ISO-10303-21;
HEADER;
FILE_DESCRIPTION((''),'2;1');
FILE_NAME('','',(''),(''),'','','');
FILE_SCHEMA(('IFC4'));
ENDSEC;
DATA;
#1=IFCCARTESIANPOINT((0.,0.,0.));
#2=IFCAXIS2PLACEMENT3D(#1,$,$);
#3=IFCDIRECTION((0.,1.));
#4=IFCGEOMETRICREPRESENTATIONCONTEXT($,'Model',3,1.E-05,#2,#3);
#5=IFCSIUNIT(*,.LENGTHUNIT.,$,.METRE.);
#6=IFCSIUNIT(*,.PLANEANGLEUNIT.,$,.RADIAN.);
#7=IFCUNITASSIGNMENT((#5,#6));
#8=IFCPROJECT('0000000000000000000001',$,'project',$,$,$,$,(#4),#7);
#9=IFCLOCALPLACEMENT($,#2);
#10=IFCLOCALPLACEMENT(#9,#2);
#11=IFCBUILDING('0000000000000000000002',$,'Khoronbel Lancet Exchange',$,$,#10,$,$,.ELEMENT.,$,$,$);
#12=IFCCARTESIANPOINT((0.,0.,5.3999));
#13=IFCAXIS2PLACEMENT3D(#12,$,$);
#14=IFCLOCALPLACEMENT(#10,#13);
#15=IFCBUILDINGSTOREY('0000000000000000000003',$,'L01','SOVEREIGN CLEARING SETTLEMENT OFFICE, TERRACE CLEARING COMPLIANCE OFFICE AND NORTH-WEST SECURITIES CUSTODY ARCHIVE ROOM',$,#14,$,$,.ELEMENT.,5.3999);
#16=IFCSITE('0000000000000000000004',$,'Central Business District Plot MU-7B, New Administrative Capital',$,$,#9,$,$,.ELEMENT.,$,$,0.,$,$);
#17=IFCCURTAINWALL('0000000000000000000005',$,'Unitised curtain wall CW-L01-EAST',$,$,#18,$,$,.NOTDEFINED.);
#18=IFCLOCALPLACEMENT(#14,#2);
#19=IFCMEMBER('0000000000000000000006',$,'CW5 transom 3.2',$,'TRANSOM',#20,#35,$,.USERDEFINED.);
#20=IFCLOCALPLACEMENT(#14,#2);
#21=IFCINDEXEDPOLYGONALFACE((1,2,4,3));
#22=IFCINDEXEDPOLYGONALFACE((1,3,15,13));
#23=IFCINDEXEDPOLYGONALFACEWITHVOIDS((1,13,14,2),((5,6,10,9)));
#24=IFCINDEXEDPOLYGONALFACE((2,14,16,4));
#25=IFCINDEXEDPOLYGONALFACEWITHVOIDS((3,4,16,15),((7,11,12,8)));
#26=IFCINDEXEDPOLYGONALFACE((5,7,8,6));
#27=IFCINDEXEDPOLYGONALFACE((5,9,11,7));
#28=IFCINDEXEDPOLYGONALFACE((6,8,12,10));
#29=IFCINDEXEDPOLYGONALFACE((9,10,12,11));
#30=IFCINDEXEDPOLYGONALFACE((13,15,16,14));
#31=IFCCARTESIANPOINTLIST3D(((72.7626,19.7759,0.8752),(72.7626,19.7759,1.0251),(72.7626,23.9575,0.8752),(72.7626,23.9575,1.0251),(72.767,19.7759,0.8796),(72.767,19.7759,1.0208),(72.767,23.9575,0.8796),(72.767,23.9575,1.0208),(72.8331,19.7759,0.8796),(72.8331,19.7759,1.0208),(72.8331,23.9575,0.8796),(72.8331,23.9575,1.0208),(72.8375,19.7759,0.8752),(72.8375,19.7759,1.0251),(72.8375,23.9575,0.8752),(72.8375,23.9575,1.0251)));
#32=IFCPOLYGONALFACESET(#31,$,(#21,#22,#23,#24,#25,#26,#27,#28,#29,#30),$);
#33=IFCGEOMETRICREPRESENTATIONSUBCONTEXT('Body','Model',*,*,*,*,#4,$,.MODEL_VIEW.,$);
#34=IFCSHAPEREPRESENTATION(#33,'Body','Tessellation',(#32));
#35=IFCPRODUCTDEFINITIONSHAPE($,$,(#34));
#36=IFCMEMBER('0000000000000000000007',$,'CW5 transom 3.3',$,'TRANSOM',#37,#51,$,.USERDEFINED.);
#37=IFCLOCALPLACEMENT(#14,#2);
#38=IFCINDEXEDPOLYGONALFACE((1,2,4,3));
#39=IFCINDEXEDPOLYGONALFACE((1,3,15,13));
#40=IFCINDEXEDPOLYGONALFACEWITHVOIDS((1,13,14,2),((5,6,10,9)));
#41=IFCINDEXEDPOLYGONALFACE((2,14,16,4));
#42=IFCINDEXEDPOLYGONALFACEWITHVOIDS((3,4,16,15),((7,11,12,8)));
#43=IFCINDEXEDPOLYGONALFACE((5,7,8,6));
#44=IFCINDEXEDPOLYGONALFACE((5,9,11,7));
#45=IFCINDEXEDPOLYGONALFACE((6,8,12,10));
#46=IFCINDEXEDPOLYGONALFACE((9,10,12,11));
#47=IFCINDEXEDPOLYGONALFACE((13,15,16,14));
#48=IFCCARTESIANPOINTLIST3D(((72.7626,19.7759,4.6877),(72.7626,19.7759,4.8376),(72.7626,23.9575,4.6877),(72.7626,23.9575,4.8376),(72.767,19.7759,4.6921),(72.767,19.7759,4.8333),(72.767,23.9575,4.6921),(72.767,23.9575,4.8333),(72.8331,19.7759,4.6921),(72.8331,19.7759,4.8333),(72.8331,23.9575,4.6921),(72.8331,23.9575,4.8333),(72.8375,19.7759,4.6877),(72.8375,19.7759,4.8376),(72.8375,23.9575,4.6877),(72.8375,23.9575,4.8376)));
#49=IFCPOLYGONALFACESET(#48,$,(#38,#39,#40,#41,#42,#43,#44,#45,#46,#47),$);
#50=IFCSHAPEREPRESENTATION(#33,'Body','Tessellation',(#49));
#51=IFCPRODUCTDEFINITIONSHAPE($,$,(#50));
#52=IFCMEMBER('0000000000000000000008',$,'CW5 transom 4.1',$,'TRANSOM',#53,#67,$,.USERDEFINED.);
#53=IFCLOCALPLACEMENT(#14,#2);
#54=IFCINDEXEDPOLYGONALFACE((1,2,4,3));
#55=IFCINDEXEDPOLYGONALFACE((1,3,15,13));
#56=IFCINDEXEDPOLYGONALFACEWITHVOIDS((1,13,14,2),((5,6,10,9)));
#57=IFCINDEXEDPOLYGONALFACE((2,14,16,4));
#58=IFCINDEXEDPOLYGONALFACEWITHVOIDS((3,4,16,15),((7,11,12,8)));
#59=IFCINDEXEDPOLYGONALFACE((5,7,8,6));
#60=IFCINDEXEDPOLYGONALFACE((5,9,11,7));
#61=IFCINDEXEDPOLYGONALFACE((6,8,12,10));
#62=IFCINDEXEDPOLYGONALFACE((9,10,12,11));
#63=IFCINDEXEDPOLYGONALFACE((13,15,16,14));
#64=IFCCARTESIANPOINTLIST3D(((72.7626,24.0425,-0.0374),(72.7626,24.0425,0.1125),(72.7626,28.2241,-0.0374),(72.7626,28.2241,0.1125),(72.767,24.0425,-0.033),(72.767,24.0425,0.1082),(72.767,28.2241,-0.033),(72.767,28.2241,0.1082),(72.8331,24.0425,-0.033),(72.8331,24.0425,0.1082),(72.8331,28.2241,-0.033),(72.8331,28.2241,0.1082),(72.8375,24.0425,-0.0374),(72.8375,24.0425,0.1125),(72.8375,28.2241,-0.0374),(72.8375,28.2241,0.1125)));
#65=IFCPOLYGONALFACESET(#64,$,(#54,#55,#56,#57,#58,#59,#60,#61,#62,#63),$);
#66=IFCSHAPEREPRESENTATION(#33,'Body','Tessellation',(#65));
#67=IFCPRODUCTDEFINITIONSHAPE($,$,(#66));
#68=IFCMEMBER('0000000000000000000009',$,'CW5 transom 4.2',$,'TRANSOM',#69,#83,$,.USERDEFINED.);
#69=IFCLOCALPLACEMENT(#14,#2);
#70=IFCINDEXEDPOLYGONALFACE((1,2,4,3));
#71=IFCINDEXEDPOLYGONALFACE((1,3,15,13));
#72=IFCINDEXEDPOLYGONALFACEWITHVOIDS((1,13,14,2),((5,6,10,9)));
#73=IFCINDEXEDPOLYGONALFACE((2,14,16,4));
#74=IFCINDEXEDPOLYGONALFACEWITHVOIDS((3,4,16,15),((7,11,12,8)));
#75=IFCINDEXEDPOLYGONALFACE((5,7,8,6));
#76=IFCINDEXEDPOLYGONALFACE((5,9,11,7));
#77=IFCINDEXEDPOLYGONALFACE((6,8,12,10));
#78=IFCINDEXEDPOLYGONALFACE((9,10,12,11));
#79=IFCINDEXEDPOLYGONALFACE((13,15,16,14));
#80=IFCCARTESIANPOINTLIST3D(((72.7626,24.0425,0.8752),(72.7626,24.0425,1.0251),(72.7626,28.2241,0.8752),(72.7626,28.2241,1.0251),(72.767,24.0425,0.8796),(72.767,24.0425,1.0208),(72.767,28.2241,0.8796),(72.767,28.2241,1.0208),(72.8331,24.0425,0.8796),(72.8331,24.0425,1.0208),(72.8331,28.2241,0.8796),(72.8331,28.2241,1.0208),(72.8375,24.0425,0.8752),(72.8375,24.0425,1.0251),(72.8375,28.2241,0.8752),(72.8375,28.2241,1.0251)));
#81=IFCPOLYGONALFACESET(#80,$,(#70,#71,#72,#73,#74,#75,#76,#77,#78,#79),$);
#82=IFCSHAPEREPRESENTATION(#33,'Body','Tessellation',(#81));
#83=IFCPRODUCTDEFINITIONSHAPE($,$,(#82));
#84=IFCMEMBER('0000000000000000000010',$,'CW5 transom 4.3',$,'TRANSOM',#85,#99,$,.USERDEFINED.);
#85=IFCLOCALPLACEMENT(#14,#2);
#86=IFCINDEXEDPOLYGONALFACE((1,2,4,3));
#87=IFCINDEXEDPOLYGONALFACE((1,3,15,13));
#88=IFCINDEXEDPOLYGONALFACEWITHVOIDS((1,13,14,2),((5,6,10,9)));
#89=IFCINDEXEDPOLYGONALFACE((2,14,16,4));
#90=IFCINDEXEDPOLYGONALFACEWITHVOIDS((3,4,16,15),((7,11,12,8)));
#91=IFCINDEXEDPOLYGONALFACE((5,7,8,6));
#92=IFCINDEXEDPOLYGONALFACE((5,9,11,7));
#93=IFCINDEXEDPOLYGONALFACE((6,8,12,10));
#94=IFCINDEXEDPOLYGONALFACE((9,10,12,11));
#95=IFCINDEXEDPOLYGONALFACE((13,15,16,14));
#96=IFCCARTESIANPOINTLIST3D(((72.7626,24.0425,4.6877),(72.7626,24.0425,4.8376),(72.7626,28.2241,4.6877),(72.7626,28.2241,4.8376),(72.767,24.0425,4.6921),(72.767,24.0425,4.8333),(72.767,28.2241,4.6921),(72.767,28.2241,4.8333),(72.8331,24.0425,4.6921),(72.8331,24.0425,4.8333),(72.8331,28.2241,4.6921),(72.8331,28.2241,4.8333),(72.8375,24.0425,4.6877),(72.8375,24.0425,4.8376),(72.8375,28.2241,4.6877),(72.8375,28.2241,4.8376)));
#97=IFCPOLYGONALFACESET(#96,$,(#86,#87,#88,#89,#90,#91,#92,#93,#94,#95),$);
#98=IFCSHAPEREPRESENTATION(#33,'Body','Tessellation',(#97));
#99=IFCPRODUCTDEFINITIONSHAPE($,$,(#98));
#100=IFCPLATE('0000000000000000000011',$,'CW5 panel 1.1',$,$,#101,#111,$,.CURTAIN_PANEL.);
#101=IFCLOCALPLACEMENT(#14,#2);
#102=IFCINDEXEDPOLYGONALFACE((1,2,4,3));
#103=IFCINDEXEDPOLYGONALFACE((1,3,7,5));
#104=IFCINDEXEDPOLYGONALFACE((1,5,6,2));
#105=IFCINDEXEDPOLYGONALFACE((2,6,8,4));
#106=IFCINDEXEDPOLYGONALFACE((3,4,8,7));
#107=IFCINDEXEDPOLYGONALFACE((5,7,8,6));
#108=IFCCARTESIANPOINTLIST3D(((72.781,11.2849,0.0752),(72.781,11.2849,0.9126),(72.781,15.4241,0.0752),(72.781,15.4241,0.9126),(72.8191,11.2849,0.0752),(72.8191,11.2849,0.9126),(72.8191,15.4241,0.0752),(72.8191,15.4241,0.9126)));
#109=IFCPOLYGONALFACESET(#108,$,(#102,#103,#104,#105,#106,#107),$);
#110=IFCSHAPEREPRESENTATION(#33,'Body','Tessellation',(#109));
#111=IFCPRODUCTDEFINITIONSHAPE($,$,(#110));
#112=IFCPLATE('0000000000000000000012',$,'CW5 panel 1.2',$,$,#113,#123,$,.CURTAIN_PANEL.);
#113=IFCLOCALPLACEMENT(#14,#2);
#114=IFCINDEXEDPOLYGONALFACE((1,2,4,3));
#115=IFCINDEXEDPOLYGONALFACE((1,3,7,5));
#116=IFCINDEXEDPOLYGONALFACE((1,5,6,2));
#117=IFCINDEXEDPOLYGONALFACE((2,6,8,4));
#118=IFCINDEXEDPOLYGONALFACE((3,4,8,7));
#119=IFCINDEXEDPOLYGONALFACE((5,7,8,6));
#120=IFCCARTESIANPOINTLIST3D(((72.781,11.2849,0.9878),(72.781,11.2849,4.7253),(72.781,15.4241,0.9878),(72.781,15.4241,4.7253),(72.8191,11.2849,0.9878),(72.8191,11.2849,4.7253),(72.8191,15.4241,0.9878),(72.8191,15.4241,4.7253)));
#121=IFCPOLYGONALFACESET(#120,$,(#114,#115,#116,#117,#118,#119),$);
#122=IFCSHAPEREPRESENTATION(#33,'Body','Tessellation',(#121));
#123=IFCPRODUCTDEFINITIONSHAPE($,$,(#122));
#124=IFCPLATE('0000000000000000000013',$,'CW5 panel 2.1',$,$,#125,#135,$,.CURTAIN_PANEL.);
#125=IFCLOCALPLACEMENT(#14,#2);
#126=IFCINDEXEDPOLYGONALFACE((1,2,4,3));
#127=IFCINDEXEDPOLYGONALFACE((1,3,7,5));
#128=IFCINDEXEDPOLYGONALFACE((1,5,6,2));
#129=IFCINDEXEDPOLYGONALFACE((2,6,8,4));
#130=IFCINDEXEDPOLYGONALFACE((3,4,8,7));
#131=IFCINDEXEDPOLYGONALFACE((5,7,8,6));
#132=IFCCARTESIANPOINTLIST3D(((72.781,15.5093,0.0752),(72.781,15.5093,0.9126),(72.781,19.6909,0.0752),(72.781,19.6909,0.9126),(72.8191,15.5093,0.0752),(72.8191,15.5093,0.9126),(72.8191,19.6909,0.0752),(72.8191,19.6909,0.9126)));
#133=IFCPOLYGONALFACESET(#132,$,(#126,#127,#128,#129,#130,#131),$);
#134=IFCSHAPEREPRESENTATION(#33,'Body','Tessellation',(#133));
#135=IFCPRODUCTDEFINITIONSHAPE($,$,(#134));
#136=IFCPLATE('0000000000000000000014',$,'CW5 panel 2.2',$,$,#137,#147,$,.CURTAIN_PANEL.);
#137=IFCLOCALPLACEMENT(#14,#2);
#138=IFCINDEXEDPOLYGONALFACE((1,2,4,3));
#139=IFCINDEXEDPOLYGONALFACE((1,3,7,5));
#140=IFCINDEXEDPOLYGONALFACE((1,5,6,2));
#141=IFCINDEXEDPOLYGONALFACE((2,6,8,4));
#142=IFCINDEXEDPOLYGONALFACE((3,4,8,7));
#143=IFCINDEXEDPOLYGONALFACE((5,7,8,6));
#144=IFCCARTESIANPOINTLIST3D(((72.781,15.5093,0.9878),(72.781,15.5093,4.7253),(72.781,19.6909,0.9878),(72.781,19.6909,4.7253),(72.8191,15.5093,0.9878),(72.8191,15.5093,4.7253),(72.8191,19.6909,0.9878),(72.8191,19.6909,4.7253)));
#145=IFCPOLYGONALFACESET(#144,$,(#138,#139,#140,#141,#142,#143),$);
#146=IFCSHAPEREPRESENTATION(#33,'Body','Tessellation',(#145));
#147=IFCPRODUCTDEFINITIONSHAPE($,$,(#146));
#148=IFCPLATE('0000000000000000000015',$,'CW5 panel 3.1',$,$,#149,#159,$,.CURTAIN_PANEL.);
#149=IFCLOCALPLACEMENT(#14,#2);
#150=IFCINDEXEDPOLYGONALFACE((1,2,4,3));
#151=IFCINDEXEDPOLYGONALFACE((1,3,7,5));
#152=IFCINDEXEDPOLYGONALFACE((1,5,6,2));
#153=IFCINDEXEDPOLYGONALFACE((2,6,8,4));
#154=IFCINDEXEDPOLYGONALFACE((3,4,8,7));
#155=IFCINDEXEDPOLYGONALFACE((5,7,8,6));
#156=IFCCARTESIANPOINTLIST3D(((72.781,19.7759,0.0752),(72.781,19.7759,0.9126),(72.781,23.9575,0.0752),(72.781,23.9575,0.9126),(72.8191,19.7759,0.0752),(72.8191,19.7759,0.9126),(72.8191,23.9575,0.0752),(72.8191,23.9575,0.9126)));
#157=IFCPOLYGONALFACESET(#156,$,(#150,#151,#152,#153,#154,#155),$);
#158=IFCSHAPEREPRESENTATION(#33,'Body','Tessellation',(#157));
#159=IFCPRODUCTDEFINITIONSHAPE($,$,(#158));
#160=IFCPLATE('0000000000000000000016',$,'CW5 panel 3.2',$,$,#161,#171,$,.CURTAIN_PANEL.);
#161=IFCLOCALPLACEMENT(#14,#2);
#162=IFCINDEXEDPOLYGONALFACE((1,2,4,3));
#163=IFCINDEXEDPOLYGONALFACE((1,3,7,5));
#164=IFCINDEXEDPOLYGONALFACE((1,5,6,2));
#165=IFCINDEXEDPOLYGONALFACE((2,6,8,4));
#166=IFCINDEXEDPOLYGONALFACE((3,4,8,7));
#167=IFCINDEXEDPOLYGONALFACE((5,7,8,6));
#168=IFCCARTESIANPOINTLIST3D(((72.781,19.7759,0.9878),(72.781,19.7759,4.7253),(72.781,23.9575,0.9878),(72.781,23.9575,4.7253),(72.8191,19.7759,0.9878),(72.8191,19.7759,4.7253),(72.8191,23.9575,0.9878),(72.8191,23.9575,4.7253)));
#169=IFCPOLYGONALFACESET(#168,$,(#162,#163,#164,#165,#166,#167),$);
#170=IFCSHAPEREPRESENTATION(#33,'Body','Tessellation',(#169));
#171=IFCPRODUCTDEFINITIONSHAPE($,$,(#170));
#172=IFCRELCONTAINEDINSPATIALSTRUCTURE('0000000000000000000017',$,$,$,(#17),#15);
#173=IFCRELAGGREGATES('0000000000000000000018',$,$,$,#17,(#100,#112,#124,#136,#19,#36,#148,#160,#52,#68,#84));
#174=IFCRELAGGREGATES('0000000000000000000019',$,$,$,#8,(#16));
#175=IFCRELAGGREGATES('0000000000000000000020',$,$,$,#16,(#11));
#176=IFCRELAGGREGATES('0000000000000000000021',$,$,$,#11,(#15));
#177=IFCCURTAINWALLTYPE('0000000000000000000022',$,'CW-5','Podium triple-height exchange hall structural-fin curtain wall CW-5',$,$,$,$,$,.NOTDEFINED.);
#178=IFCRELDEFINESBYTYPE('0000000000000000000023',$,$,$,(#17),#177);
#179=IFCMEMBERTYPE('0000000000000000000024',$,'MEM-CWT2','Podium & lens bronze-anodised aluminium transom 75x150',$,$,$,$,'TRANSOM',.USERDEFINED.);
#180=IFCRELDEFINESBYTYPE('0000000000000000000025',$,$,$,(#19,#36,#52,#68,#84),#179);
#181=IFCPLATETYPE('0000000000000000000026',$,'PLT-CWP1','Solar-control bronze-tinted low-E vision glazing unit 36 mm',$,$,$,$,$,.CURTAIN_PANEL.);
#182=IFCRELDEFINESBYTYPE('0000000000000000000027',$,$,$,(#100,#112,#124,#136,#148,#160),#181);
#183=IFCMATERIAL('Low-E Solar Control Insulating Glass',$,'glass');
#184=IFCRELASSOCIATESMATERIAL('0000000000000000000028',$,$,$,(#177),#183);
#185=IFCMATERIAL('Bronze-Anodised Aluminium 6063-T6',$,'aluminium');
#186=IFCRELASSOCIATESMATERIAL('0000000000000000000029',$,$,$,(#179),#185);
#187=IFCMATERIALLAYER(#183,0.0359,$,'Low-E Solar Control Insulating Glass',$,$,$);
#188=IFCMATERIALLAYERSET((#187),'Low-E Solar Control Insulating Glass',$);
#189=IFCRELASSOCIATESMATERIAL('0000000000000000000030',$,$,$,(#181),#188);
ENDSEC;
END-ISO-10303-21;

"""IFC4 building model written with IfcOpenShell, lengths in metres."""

from ifc_helpers import new_model, si_unit, direction, frame, origin, origin_2d, place, context, subcontext, project, spatial, rectangle, hollow_rectangle, extrude, material, layer, layer_set, material_profile, profile_set, type_object, element, aggregate, save


model = new_model("IFC4")

# Units and contexts
model_context = context("Model", 3, precision=1e-05, world=origin(), true_north=direction((0.0, 1.0)))
body_context = subcontext(model_context, "Body", "Model", "MODEL_VIEW")
ifc_project = project(units=[si_unit("LENGTHUNIT", "METRE"), si_unit("PLANEANGLEUNIT", "RADIAN")], contexts=[model_context])

# Site, building, storey
site_placement = place(None, origin())
site = spatial("IfcSite", under=ifc_project, at=site_placement, Name="Central Business District Plot MU-7B, New Administrative Capital", CompositionType="ELEMENT", RefElevation=0.0)
building_placement = place(site_placement, origin())
building = spatial("IfcBuilding", under=site, at=building_placement, Name="Khoronbel Lancet Exchange", CompositionType="ELEMENT")
storey_placement = place(building_placement, frame((0.0, 0.0, 5.3999)))
storey = spatial("IfcBuildingStorey", under=building, at=storey_placement, Name="L01", Description="SOVEREIGN CLEARING SETTLEMENT OFFICE, TERRACE CLEARING COMPLIANCE OFFICE AND NORTH-WEST SECURITIES CUSTODY ARCHIVE ROOM", CompositionType="ELEMENT", Elevation=5.3999)

# Curtain wall, members, plates
ifc_material_1 = material(Name="Low-E Solar Control Insulating Glass", Category="glass")
curtain_wall_type = type_object("IfcCurtainWallType", Name="CW-5", Description="Podium triple-height exchange hall structural-fin curtain wall CW-5", PredefinedType="NOTDEFINED", material=ifc_material_1)
curtain_wall_placement = place(storey_placement, origin())
curtain_wall = element("IfcCurtainWall", 1, at=curtain_wall_placement, inside=storey, type_object=curtain_wall_type, Name="Unitised curtain wall CW-L01-EAST", PredefinedType="NOTDEFINED")
ifc_material_2 = material(Name="Bronze-Anodised Aluminium 6063-T6", Category="aluminium")
ifc_material_profile_1 = material_profile(ifc_material_2, hollow_rectangle(XDim=0.075, YDim=0.1499, WallThickness=0.0044, at=origin_2d()), Name="ALU TRANSOM 75x150")
ifc_profile_set_1 = profile_set([ifc_material_profile_1], Name="Bronze-Anodised Aluminium 6063-T6")
member_type_1 = type_object("IfcMemberType", Name="MEM-CWT2", Description="Podium & lens bronze-anodised aluminium transom 75x150", ElementType="TRANSOM", PredefinedType="USERDEFINED", material=ifc_profile_set_1)
member_1_placement = place(storey_placement, frame((72.8, 19.7759, 0.9502), z_axis=(0.0, 1.0, 0.0), x_axis=(-1.0, 0.0, 0.0)))
member_1 = element("IfcMember", 2, at=member_1_placement, type_object=member_type_1, Name="CW5 transom 3.2", ObjectType="TRANSOM", PredefinedType="USERDEFINED", context=body_context, shape_type="SweptSolid", body=[
    extrude(hollow_rectangle(XDim=0.075, YDim=0.1499, WallThickness=0.0044, at=origin_2d()), origin(), (0.0, 0.0, 1.0), 4.1816),
])
member_2_placement = place(storey_placement, frame((72.8, 19.7759, 4.7627), z_axis=(0.0, 1.0, 0.0), x_axis=(-1.0, 0.0, 0.0)))
member_2 = element("IfcMember", 3, at=member_2_placement, type_object=member_type_1, Name="CW5 transom 3.3", ObjectType="TRANSOM", PredefinedType="USERDEFINED", context=body_context, shape_type="SweptSolid", body=[
    extrude(hollow_rectangle(XDim=0.075, YDim=0.1499, WallThickness=0.0044, at=origin_2d()), origin(), (0.0, 0.0, 1.0), 4.1816),
])
member_3_placement = place(storey_placement, frame((72.8, 24.0425, 0.0376), z_axis=(0.0, 1.0, 0.0), x_axis=(-1.0, 0.0, 0.0)))
member_3 = element("IfcMember", 4, at=member_3_placement, type_object=member_type_1, Name="CW5 transom 4.1", ObjectType="TRANSOM", PredefinedType="USERDEFINED", context=body_context, shape_type="SweptSolid", body=[
    extrude(hollow_rectangle(XDim=0.075, YDim=0.1499, WallThickness=0.0044, at=origin_2d()), origin(), (0.0, 0.0, 1.0), 4.1816),
])
member_4_placement = place(storey_placement, frame((72.8, 24.0425, 0.9502), z_axis=(0.0, 1.0, 0.0), x_axis=(-1.0, 0.0, 0.0)))
member_4 = element("IfcMember", 5, at=member_4_placement, type_object=member_type_1, Name="CW5 transom 4.2", ObjectType="TRANSOM", PredefinedType="USERDEFINED", context=body_context, shape_type="SweptSolid", body=[
    extrude(hollow_rectangle(XDim=0.075, YDim=0.1499, WallThickness=0.0044, at=origin_2d()), origin(), (0.0, 0.0, 1.0), 4.1816),
])
member_5_placement = place(storey_placement, frame((72.8, 24.0425, 4.7627), z_axis=(0.0, 1.0, 0.0), x_axis=(-1.0, 0.0, 0.0)))
member_5 = element("IfcMember", 6, at=member_5_placement, type_object=member_type_1, Name="CW5 transom 4.3", ObjectType="TRANSOM", PredefinedType="USERDEFINED", context=body_context, shape_type="SweptSolid", body=[
    extrude(hollow_rectangle(XDim=0.075, YDim=0.1499, WallThickness=0.0044, at=origin_2d()), origin(), (0.0, 0.0, 1.0), 4.1816),
])
ifc_layer_1 = layer(ifc_material_1, 0.0359, Name="Low-E Solar Control Insulating Glass")
ifc_layer_set_1 = layer_set([ifc_layer_1], Name="Low-E Solar Control Insulating Glass")
plate_type = type_object("IfcPlateType", Name="PLT-CWP1", Description="Solar-control bronze-tinted low-E vision glazing unit 36 mm", PredefinedType="CURTAIN_PANEL", material=ifc_layer_set_1)
plate_1_placement = place(storey_placement, frame((72.8, 13.3545, 0.0752), z_axis=(0.0, 0.0, 1.0), x_axis=(0.0, 1.0, 0.0)))
plate_1 = element("IfcPlate", 7, at=plate_1_placement, type_object=plate_type, Name="CW5 panel 1.1", PredefinedType="CURTAIN_PANEL", context=body_context, shape_type="SweptSolid", body=[
    extrude(rectangle(XDim=4.1392, YDim=0.0381, at=origin_2d()), origin(), (0.0, 0.0, 1.0), 0.8374),
])
plate_2_placement = place(storey_placement, frame((72.8, 13.3545, 0.9878), z_axis=(0.0, 0.0, 1.0), x_axis=(0.0, 1.0, 0.0)))
plate_2 = element("IfcPlate", 8, at=plate_2_placement, type_object=plate_type, Name="CW5 panel 1.2", PredefinedType="CURTAIN_PANEL", context=body_context, shape_type="SweptSolid", body=[
    extrude(rectangle(XDim=4.1392, YDim=0.0381, at=origin_2d()), origin(), (0.0, 0.0, 1.0), 3.7375),
])
plate_3_placement = place(storey_placement, frame((72.8, 17.6001, 0.0752), z_axis=(0.0, 0.0, 1.0), x_axis=(0.0, 1.0, 0.0)))
plate_3 = element("IfcPlate", 9, at=plate_3_placement, type_object=plate_type, Name="CW5 panel 2.1", PredefinedType="CURTAIN_PANEL", context=body_context, shape_type="SweptSolid", body=[
    extrude(rectangle(XDim=4.1816, YDim=0.0381, at=origin_2d()), origin(), (0.0, 0.0, 1.0), 0.8374),
])
plate_4_placement = place(storey_placement, frame((72.8, 17.6001, 0.9878), z_axis=(0.0, 0.0, 1.0), x_axis=(0.0, 1.0, 0.0)))
plate_4 = element("IfcPlate", 10, at=plate_4_placement, type_object=plate_type, Name="CW5 panel 2.2", PredefinedType="CURTAIN_PANEL", context=body_context, shape_type="SweptSolid", body=[
    extrude(rectangle(XDim=4.1816, YDim=0.0381, at=origin_2d()), origin(), (0.0, 0.0, 1.0), 3.7375),
])
plate_5_placement = place(storey_placement, frame((72.8, 21.8667, 0.0752), z_axis=(0.0, 0.0, 1.0), x_axis=(0.0, 1.0, 0.0)))
plate_5 = element("IfcPlate", 11, at=plate_5_placement, type_object=plate_type, Name="CW5 panel 3.1", PredefinedType="CURTAIN_PANEL", context=body_context, shape_type="SweptSolid", body=[
    extrude(rectangle(XDim=4.1816, YDim=0.0381, at=origin_2d()), origin(), (0.0, 0.0, 1.0), 0.8374),
])
plate_6_placement = place(storey_placement, frame((72.8, 21.8667, 0.9878), z_axis=(0.0, 0.0, 1.0), x_axis=(0.0, 1.0, 0.0)))
plate_6 = element("IfcPlate", 12, at=plate_6_placement, type_object=plate_type, Name="CW5 panel 3.2", PredefinedType="CURTAIN_PANEL", context=body_context, shape_type="SweptSolid", body=[
    extrude(rectangle(XDim=4.1816, YDim=0.0381, at=origin_2d()), origin(), (0.0, 0.0, 1.0), 3.7375),
])
aggregate(curtain_wall, [plate_1, plate_2, plate_3, plate_4, member_1, member_2, plate_5, plate_6, member_3, member_4, member_5])

save(model, "model.ifc")
